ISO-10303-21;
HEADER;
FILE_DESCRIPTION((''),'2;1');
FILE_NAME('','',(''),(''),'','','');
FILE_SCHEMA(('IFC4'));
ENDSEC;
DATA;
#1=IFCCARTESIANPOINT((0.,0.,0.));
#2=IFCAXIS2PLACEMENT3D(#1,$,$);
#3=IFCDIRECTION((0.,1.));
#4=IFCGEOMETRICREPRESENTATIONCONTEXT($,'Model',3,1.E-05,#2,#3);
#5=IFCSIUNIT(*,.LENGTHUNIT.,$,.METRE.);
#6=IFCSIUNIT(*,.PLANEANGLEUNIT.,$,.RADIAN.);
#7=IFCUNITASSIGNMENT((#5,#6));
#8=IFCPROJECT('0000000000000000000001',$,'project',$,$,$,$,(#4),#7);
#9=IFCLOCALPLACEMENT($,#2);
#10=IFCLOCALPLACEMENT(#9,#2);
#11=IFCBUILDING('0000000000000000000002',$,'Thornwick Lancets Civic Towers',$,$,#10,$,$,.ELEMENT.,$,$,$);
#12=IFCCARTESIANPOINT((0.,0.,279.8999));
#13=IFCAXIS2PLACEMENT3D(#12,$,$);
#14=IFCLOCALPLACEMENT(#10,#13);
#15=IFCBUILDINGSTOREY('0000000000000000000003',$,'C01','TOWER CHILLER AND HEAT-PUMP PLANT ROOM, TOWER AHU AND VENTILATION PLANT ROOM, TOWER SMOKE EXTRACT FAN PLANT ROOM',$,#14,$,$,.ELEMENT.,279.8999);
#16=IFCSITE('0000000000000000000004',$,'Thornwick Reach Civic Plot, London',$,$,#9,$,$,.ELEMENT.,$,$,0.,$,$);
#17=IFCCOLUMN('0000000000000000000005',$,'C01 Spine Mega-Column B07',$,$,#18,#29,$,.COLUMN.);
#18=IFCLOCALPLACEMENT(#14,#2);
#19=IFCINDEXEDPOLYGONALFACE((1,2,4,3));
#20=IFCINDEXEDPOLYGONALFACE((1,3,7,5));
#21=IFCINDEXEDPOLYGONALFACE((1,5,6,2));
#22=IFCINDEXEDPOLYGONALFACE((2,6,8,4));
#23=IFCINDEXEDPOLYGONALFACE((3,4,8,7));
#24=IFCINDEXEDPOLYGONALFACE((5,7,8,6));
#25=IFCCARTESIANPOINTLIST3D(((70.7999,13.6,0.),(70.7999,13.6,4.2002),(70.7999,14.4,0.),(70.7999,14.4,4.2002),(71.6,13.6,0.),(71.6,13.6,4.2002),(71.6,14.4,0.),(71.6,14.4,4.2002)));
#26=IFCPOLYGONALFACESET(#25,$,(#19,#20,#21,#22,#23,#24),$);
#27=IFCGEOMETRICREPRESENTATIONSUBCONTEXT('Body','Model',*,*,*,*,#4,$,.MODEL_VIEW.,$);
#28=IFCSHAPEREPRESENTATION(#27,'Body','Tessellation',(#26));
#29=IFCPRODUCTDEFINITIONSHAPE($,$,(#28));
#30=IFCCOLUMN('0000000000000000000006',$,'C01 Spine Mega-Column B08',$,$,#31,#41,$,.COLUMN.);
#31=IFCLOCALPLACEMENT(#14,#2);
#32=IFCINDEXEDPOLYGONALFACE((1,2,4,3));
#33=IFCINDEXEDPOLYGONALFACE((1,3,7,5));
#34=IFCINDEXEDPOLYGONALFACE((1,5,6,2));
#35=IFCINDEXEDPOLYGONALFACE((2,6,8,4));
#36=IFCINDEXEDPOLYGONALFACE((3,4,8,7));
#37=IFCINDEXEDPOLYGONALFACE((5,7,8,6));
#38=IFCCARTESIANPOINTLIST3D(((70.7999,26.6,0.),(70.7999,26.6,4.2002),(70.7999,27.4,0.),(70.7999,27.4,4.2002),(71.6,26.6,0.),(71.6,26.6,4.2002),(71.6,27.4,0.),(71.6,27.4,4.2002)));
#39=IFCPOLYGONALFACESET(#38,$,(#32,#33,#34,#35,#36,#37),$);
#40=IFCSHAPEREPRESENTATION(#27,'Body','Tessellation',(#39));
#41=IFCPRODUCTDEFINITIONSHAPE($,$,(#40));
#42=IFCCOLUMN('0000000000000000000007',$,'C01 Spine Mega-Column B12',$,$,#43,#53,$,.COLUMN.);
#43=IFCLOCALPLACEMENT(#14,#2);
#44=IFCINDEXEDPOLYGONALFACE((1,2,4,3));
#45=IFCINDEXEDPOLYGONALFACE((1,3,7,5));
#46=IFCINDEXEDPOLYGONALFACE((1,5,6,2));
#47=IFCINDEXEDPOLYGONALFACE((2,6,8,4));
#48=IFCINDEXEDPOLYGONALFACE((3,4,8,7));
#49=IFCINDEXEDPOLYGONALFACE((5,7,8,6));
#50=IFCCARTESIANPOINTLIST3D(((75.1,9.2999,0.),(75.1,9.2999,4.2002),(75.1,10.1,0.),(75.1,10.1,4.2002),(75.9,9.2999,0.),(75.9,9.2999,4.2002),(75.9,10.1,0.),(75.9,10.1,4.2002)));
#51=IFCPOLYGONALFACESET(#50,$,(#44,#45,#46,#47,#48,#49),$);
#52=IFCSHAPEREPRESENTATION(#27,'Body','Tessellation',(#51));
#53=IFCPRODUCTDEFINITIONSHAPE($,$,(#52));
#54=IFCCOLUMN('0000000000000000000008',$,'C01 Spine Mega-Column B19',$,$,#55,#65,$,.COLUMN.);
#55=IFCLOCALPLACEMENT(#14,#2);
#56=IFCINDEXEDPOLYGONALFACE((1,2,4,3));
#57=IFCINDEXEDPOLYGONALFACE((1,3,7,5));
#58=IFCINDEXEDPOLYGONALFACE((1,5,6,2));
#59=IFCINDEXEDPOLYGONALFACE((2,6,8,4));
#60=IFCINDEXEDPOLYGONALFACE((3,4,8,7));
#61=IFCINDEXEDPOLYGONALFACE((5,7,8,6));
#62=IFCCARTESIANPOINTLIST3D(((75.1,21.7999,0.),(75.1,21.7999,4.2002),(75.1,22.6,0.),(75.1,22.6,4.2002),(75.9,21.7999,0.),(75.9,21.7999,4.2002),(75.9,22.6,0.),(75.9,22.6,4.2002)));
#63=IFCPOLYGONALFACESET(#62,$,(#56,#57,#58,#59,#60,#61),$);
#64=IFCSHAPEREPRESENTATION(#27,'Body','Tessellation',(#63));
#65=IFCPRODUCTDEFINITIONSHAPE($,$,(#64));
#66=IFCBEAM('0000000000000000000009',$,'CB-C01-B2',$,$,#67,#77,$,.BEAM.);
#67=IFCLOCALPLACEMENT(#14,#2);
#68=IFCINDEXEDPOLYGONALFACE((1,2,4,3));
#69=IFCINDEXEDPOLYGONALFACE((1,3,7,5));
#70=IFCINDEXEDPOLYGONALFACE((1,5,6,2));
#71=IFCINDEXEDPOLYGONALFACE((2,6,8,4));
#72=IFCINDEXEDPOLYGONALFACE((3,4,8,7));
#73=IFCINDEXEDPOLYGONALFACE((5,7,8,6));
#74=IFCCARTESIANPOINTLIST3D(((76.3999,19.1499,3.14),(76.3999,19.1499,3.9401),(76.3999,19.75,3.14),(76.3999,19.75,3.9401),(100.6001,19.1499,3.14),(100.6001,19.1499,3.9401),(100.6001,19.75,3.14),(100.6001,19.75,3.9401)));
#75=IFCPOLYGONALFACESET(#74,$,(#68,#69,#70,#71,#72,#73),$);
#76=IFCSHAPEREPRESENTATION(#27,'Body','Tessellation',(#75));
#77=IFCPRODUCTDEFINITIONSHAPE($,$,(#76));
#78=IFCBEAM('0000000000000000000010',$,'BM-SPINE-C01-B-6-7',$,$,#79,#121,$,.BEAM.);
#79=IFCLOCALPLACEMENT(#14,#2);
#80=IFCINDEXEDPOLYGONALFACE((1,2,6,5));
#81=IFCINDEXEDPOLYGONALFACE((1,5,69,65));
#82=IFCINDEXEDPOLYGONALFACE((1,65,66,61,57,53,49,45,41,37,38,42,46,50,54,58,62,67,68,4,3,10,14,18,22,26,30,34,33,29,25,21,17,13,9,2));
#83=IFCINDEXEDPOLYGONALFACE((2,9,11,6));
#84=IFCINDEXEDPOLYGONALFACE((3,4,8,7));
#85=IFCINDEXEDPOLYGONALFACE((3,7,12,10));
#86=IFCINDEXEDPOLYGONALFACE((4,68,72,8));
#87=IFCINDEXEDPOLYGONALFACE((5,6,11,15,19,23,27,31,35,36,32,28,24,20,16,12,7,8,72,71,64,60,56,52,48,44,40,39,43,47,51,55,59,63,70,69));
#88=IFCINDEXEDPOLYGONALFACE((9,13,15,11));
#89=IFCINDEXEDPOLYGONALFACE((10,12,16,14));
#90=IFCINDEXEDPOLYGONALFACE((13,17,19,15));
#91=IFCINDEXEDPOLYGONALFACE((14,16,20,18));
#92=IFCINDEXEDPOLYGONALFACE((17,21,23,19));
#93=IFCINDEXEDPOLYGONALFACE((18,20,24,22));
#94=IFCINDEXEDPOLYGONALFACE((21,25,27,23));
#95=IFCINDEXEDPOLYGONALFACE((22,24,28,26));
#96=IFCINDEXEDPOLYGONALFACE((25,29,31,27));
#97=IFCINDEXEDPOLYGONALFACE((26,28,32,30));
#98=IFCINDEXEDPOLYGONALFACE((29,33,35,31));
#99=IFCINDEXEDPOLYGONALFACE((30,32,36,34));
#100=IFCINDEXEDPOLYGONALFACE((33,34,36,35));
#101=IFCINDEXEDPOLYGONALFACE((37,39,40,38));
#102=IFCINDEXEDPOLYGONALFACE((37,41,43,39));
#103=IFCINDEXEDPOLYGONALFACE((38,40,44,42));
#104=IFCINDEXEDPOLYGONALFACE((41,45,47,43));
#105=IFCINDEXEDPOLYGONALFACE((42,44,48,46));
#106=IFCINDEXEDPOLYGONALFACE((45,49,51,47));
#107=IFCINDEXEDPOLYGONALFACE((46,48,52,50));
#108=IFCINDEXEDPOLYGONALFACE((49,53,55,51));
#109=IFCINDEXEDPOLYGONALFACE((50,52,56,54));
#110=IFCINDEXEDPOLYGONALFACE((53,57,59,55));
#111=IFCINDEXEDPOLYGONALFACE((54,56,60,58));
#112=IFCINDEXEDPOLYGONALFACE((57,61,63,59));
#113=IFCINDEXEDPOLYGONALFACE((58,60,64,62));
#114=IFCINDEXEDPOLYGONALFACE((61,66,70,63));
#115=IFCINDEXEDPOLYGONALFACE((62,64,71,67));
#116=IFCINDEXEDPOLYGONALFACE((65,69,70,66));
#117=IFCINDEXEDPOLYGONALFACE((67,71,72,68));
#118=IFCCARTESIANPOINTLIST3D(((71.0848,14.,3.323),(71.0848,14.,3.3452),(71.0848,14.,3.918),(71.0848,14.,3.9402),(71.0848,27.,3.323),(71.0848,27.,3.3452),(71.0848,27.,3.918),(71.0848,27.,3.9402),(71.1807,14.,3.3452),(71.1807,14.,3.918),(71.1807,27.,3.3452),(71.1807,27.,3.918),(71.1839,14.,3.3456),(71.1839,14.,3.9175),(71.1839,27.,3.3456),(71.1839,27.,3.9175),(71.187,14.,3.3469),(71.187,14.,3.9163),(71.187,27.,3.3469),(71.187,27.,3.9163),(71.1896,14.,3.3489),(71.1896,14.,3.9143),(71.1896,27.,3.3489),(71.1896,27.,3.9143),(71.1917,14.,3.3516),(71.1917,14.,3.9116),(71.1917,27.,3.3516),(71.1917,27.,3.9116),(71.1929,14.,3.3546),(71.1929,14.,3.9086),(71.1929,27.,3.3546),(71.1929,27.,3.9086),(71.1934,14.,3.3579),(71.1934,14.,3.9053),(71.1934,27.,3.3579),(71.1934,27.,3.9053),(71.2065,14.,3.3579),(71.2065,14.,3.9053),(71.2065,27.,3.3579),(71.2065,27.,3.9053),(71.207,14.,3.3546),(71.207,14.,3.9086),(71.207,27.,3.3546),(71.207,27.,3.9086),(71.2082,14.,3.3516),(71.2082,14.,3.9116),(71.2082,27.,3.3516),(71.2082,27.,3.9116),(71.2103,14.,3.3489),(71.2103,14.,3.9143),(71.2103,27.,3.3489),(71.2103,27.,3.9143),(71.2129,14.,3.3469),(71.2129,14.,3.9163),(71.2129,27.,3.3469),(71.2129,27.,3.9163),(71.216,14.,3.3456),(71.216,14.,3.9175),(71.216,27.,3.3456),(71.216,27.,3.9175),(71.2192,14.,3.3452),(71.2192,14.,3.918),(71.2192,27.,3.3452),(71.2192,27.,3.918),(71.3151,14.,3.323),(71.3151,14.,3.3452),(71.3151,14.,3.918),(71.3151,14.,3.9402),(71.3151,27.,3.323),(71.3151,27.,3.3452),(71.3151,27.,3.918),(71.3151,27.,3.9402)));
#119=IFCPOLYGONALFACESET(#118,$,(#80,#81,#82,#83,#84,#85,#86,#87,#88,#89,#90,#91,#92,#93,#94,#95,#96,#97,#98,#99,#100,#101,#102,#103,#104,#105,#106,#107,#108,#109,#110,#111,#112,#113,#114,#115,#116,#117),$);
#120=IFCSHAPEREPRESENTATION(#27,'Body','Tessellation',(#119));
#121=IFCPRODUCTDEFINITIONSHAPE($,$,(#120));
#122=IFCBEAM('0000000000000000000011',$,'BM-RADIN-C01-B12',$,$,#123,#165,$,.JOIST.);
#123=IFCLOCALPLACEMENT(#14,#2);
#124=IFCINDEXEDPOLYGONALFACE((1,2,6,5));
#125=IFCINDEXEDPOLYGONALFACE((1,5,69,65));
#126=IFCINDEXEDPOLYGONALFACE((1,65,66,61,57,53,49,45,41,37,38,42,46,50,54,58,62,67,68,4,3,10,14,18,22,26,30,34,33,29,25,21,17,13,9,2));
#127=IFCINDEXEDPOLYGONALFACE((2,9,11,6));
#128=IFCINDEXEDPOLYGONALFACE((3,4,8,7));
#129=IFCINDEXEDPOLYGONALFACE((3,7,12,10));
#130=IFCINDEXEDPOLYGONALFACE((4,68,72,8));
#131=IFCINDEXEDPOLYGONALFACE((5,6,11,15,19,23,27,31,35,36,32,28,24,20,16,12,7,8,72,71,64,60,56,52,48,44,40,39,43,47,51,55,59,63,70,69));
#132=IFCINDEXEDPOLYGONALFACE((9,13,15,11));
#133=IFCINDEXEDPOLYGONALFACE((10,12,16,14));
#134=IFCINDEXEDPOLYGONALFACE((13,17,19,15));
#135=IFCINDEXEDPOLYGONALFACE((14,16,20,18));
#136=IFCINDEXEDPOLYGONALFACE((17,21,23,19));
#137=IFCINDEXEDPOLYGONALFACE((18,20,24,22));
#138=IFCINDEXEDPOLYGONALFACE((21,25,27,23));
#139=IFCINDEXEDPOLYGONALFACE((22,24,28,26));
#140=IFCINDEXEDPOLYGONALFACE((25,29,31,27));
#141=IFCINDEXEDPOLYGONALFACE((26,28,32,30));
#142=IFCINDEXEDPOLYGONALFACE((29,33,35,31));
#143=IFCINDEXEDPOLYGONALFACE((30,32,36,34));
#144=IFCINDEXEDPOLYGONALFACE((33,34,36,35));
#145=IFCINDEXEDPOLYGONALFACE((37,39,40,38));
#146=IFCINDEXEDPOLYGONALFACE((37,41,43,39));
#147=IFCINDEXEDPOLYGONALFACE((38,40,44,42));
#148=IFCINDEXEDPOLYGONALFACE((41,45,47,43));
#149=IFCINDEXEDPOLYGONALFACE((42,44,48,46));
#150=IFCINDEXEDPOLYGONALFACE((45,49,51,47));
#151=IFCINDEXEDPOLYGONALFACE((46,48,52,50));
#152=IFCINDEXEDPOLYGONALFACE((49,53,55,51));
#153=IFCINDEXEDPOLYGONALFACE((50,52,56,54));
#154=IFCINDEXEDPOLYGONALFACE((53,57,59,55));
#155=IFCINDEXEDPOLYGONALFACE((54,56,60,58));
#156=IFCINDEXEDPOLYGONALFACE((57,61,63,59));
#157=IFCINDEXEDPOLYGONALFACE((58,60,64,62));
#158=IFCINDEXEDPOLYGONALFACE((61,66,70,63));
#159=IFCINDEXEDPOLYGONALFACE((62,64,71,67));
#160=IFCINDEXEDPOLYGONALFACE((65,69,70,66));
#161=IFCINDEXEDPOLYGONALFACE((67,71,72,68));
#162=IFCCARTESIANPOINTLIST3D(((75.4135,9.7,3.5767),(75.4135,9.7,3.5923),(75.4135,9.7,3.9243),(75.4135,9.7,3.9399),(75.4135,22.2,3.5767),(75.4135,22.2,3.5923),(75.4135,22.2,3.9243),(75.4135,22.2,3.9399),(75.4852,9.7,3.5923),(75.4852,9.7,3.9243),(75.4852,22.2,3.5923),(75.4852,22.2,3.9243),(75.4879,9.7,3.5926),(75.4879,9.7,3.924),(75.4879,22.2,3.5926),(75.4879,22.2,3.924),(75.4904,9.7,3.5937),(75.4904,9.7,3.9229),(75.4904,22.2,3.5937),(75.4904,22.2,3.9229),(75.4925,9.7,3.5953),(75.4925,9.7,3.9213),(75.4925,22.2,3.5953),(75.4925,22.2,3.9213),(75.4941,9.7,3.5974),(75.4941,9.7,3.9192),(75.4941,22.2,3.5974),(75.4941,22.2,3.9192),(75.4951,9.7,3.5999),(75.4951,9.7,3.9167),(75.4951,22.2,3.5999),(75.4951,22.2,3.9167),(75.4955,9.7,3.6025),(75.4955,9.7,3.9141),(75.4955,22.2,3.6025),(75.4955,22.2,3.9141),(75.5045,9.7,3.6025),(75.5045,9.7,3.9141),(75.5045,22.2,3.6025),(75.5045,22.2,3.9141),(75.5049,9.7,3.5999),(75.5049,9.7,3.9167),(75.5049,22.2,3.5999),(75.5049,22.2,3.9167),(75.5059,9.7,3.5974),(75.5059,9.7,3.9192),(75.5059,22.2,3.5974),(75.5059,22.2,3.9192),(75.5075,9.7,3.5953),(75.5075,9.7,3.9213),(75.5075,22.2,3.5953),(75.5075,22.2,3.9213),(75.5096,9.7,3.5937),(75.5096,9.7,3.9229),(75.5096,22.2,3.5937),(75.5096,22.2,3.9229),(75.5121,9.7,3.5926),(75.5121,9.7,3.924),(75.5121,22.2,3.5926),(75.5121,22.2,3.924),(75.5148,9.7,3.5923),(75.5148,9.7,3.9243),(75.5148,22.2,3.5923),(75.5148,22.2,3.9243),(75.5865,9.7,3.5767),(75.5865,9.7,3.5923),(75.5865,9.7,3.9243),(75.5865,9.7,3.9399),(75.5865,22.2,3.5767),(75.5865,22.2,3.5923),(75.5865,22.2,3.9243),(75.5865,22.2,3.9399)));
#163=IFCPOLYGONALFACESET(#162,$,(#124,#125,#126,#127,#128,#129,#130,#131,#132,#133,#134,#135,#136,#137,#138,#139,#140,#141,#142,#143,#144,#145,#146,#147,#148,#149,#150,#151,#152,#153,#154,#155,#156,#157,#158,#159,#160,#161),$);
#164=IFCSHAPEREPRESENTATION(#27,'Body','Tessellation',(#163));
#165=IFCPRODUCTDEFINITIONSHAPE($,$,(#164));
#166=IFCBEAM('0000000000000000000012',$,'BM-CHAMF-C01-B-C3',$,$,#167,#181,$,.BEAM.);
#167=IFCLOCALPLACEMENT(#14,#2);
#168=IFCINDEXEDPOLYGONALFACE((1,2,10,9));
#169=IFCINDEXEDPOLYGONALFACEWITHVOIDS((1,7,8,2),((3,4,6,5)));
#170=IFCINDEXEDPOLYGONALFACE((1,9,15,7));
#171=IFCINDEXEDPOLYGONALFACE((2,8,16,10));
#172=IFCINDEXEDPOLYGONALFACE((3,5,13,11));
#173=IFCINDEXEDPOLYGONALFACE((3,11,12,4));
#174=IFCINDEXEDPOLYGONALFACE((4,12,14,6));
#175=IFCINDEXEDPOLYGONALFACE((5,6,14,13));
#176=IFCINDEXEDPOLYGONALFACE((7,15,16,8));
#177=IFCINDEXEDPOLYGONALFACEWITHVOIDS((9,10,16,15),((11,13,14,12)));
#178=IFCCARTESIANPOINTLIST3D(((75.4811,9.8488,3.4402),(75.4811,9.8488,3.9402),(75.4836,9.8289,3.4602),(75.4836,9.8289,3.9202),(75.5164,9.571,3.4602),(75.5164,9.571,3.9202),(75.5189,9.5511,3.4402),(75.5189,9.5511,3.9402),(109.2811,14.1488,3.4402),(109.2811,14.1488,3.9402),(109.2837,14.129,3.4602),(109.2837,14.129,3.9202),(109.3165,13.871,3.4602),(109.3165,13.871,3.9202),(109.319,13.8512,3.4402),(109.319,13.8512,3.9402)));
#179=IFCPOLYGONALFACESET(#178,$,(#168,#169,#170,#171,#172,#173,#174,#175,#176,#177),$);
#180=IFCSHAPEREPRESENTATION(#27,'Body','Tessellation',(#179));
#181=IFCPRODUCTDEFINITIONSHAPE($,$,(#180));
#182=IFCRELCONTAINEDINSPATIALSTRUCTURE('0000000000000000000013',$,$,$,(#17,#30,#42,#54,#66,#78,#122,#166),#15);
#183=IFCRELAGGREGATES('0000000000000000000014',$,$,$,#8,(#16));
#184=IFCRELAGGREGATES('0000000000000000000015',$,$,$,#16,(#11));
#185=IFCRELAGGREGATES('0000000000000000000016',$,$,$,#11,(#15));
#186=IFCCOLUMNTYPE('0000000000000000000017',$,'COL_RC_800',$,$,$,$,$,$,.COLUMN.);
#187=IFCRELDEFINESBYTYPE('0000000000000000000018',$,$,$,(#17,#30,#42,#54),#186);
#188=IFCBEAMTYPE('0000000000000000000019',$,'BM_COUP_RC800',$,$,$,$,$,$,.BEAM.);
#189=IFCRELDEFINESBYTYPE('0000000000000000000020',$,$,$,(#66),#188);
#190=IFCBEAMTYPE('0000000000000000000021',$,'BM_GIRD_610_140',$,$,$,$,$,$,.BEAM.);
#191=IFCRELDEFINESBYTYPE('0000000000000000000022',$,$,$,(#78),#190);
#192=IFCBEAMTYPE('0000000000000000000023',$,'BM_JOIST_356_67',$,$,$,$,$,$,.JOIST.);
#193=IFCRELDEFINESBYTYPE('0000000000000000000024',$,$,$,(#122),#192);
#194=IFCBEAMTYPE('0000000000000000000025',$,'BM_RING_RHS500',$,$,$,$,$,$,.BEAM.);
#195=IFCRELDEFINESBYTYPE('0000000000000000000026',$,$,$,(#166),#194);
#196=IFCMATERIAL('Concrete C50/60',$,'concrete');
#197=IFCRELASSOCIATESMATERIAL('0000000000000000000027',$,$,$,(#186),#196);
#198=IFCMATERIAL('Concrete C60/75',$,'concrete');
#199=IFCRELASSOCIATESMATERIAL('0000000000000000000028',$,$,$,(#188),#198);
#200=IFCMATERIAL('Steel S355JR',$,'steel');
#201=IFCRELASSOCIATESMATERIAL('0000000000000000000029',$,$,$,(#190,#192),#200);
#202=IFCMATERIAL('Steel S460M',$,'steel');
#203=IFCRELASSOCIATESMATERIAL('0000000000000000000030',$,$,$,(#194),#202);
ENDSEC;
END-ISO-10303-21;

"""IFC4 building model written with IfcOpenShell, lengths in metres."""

from ifc_helpers import new_model, si_unit, direction, frame, origin, origin_2d, place, context, subcontext, project, spatial, rectangle, hollow_rectangle, i_section, extrude, material, material_profile, profile_set, type_object, element, save


model = new_model("IFC4")

# Units and contexts
model_context = context("Model", 3, precision=1e-05, world=origin(), true_north=direction((0.0, 1.0)))
body_context = subcontext(model_context, "Body", "Model", "MODEL_VIEW")
ifc_project = project(units=[si_unit("LENGTHUNIT", "METRE"), si_unit("PLANEANGLEUNIT", "RADIAN")], contexts=[model_context])

# Site, building, storey
site_placement = place(None, origin())
site = spatial("IfcSite", under=ifc_project, at=site_placement, Name="Thornwick Reach Civic Plot, London", CompositionType="ELEMENT", RefElevation=0.0)
building_placement = place(site_placement, origin())
building = spatial("IfcBuilding", under=site, at=building_placement, Name="Thornwick Lancets Civic Towers", CompositionType="ELEMENT")
storey_placement = place(building_placement, frame((0.0, 0.0, 279.8999)))
storey = spatial("IfcBuildingStorey", under=building, at=storey_placement, Name="C01", Description="TOWER CHILLER AND HEAT-PUMP PLANT ROOM, TOWER AHU AND VENTILATION PLANT ROOM, TOWER SMOKE EXTRACT FAN PLANT ROOM", CompositionType="ELEMENT", Elevation=279.8999)

# Columns
ifc_material_1 = material(Name="Concrete C50/60", Category="concrete")
ifc_material_profile_1 = material_profile(ifc_material_1, rectangle(XDim=0.8, YDim=0.8, at=origin_2d()), Name="RC 800x800")
ifc_profile_set_1 = profile_set([ifc_material_profile_1], Name="Concrete C50/60")
column_type = type_object("IfcColumnType", Name="COL_RC_800", PredefinedType="COLUMN", material=ifc_profile_set_1)
for number, where, z_axis, x_axis, name in (
    (1, (71.2, 14.0, 0.0), (0.0, 0.0, 1.0), (1.0, 0.0, 0.0), "C01 Spine Mega-Column B07"),
    (2, (71.2, 27.0, 0.0), (0.0, 0.0, 1.0), (1.0, 0.0, 0.0), "C01 Spine Mega-Column B08"),
    (3, (75.5, 9.7, 0.0), (0.0, 0.0, 1.0), (1.0, 0.0, 0.0), "C01 Spine Mega-Column B12"),
    (4, (75.5, 22.2, 0.0), (0.0, 0.0, 1.0), (1.0, 0.0, 0.0), "C01 Spine Mega-Column B19"),
):
    element("IfcColumn", number, at=place(storey_placement, frame(where, z_axis=z_axis, x_axis=x_axis)), inside=storey, type_object=column_type, Name=name, PredefinedType="COLUMN", context=body_context, shape_type="SweptSolid", body=[
        extrude(rectangle(XDim=0.8, YDim=0.8, at=origin_2d()), origin(), (0.0, 0.0, 1.0), 4.2002),
    ])

# Beams
ifc_material_2 = material(Name="Concrete C60/75", Category="concrete")
ifc_material_profile_2 = material_profile(ifc_material_2, rectangle(XDim=0.6001, YDim=0.8, at=origin_2d()), Name="RC 600x800")
ifc_profile_set_2 = profile_set([ifc_material_profile_2], Name="Concrete C60/75")
beam_type_1 = type_object("IfcBeamType", Name="BM_COUP_RC800", PredefinedType="BEAM", material=ifc_profile_set_2)
beam_1_placement = place(storey_placement, frame((76.3999, 19.45, 3.54), z_axis=(1.0, 0.0, 0.0), x_axis=(0.0, 1.0, 0.0)))
element("IfcBeam", 5, at=beam_1_placement, inside=storey, type_object=beam_type_1, Name="CB-C01-B2", PredefinedType="BEAM", context=body_context, shape_type="SweptSolid", body=[
    extrude(rectangle(XDim=0.6001, YDim=0.8, at=origin_2d()), origin(), (0.0, 0.0, 1.0), 24.2002),
])
ifc_material_3 = material(Name="Steel S355JR", Category="steel")
ifc_material_profile_3 = material_profile(ifc_material_3, i_section(OverallWidth=0.2302, OverallDepth=0.6172, WebThickness=0.0132, FlangeThickness=0.0222, FilletRadius=0.0127, at=origin_2d()), Name="UKB 610x229x140")
ifc_profile_set_3 = profile_set([ifc_material_profile_3], Name="Steel S355JR")
beam_type_2 = type_object("IfcBeamType", Name="BM_GIRD_610_140", PredefinedType="BEAM", material=ifc_profile_set_3)
beam_2_placement = place(storey_placement, frame((71.2, 14.0, 3.6316), z_axis=(0.0, 1.0, 0.0), x_axis=(-1.0, 0.0, 0.0)))
element("IfcBeam", 6, at=beam_2_placement, inside=storey, type_object=beam_type_2, Name="BM-SPINE-C01-B-6-7", PredefinedType="BEAM", context=body_context, shape_type="SweptSolid", body=[
    extrude(i_section(OverallWidth=0.2302, OverallDepth=0.6172, WebThickness=0.0132, FlangeThickness=0.0222, FilletRadius=0.0127, at=origin_2d()), origin(), (0.0, 0.0, 1.0), 13.0),
])
ifc_material_profile_4 = material_profile(ifc_material_3, i_section(OverallWidth=0.1731, OverallDepth=0.3633, WebThickness=0.009, FlangeThickness=0.0156, FilletRadius=0.0103, at=origin_2d()), Name="UKB 356x171x67")
ifc_profile_set_4 = profile_set([ifc_material_profile_4], Name="Steel S355JR")
beam_type_3 = type_object("IfcBeamType", Name="BM_JOIST_356_67", PredefinedType="JOIST", material=ifc_profile_set_4)
beam_3_placement = place(storey_placement, frame((75.5, 22.2, 3.7583), z_axis=(0.0, -1.0, 0.0), x_axis=(1.0, 0.0, 0.0)))
element("IfcBeam", 7, at=beam_3_placement, inside=storey, type_object=beam_type_3, Name="BM-RADIN-C01-B12", PredefinedType="JOIST", context=body_context, shape_type="SweptSolid", body=[
    extrude(i_section(OverallWidth=0.1731, OverallDepth=0.3633, WebThickness=0.009, FlangeThickness=0.0156, FilletRadius=0.0103, at=origin_2d()), origin(), (0.0, 0.0, 1.0), 12.5),
])
ifc_material_4 = material(Name="Steel S460M", Category="steel")
ifc_material_profile_5 = material_profile(ifc_material_4, hollow_rectangle(XDim=0.3, YDim=0.5, WallThickness=0.02, at=origin_2d()), Name="RHS 500x300x20")
ifc_profile_set_5 = profile_set([ifc_material_profile_5], Name="Steel S460M")
beam_type_4 = type_object("IfcBeamType", Name="BM_RING_RHS500", PredefinedType="BEAM", material=ifc_profile_set_5)
beam_4_placement = place(storey_placement, frame((75.5, 9.7, 3.6902), z_axis=(0.992004, 0.126203, 0.0), x_axis=(-0.126203, 0.992004, 0.0)))
element("IfcBeam", 8, at=beam_4_placement, inside=storey, type_object=beam_type_4, Name="BM-CHAMF-C01-B-C3", PredefinedType="BEAM", context=body_context, shape_type="SweptSolid", body=[
    extrude(hollow_rectangle(XDim=0.3, YDim=0.5, WallThickness=0.02, at=origin_2d()), origin(), (0.0, 0.0, 1.0), 34.0725),
])

save(model, "model.ifc")
